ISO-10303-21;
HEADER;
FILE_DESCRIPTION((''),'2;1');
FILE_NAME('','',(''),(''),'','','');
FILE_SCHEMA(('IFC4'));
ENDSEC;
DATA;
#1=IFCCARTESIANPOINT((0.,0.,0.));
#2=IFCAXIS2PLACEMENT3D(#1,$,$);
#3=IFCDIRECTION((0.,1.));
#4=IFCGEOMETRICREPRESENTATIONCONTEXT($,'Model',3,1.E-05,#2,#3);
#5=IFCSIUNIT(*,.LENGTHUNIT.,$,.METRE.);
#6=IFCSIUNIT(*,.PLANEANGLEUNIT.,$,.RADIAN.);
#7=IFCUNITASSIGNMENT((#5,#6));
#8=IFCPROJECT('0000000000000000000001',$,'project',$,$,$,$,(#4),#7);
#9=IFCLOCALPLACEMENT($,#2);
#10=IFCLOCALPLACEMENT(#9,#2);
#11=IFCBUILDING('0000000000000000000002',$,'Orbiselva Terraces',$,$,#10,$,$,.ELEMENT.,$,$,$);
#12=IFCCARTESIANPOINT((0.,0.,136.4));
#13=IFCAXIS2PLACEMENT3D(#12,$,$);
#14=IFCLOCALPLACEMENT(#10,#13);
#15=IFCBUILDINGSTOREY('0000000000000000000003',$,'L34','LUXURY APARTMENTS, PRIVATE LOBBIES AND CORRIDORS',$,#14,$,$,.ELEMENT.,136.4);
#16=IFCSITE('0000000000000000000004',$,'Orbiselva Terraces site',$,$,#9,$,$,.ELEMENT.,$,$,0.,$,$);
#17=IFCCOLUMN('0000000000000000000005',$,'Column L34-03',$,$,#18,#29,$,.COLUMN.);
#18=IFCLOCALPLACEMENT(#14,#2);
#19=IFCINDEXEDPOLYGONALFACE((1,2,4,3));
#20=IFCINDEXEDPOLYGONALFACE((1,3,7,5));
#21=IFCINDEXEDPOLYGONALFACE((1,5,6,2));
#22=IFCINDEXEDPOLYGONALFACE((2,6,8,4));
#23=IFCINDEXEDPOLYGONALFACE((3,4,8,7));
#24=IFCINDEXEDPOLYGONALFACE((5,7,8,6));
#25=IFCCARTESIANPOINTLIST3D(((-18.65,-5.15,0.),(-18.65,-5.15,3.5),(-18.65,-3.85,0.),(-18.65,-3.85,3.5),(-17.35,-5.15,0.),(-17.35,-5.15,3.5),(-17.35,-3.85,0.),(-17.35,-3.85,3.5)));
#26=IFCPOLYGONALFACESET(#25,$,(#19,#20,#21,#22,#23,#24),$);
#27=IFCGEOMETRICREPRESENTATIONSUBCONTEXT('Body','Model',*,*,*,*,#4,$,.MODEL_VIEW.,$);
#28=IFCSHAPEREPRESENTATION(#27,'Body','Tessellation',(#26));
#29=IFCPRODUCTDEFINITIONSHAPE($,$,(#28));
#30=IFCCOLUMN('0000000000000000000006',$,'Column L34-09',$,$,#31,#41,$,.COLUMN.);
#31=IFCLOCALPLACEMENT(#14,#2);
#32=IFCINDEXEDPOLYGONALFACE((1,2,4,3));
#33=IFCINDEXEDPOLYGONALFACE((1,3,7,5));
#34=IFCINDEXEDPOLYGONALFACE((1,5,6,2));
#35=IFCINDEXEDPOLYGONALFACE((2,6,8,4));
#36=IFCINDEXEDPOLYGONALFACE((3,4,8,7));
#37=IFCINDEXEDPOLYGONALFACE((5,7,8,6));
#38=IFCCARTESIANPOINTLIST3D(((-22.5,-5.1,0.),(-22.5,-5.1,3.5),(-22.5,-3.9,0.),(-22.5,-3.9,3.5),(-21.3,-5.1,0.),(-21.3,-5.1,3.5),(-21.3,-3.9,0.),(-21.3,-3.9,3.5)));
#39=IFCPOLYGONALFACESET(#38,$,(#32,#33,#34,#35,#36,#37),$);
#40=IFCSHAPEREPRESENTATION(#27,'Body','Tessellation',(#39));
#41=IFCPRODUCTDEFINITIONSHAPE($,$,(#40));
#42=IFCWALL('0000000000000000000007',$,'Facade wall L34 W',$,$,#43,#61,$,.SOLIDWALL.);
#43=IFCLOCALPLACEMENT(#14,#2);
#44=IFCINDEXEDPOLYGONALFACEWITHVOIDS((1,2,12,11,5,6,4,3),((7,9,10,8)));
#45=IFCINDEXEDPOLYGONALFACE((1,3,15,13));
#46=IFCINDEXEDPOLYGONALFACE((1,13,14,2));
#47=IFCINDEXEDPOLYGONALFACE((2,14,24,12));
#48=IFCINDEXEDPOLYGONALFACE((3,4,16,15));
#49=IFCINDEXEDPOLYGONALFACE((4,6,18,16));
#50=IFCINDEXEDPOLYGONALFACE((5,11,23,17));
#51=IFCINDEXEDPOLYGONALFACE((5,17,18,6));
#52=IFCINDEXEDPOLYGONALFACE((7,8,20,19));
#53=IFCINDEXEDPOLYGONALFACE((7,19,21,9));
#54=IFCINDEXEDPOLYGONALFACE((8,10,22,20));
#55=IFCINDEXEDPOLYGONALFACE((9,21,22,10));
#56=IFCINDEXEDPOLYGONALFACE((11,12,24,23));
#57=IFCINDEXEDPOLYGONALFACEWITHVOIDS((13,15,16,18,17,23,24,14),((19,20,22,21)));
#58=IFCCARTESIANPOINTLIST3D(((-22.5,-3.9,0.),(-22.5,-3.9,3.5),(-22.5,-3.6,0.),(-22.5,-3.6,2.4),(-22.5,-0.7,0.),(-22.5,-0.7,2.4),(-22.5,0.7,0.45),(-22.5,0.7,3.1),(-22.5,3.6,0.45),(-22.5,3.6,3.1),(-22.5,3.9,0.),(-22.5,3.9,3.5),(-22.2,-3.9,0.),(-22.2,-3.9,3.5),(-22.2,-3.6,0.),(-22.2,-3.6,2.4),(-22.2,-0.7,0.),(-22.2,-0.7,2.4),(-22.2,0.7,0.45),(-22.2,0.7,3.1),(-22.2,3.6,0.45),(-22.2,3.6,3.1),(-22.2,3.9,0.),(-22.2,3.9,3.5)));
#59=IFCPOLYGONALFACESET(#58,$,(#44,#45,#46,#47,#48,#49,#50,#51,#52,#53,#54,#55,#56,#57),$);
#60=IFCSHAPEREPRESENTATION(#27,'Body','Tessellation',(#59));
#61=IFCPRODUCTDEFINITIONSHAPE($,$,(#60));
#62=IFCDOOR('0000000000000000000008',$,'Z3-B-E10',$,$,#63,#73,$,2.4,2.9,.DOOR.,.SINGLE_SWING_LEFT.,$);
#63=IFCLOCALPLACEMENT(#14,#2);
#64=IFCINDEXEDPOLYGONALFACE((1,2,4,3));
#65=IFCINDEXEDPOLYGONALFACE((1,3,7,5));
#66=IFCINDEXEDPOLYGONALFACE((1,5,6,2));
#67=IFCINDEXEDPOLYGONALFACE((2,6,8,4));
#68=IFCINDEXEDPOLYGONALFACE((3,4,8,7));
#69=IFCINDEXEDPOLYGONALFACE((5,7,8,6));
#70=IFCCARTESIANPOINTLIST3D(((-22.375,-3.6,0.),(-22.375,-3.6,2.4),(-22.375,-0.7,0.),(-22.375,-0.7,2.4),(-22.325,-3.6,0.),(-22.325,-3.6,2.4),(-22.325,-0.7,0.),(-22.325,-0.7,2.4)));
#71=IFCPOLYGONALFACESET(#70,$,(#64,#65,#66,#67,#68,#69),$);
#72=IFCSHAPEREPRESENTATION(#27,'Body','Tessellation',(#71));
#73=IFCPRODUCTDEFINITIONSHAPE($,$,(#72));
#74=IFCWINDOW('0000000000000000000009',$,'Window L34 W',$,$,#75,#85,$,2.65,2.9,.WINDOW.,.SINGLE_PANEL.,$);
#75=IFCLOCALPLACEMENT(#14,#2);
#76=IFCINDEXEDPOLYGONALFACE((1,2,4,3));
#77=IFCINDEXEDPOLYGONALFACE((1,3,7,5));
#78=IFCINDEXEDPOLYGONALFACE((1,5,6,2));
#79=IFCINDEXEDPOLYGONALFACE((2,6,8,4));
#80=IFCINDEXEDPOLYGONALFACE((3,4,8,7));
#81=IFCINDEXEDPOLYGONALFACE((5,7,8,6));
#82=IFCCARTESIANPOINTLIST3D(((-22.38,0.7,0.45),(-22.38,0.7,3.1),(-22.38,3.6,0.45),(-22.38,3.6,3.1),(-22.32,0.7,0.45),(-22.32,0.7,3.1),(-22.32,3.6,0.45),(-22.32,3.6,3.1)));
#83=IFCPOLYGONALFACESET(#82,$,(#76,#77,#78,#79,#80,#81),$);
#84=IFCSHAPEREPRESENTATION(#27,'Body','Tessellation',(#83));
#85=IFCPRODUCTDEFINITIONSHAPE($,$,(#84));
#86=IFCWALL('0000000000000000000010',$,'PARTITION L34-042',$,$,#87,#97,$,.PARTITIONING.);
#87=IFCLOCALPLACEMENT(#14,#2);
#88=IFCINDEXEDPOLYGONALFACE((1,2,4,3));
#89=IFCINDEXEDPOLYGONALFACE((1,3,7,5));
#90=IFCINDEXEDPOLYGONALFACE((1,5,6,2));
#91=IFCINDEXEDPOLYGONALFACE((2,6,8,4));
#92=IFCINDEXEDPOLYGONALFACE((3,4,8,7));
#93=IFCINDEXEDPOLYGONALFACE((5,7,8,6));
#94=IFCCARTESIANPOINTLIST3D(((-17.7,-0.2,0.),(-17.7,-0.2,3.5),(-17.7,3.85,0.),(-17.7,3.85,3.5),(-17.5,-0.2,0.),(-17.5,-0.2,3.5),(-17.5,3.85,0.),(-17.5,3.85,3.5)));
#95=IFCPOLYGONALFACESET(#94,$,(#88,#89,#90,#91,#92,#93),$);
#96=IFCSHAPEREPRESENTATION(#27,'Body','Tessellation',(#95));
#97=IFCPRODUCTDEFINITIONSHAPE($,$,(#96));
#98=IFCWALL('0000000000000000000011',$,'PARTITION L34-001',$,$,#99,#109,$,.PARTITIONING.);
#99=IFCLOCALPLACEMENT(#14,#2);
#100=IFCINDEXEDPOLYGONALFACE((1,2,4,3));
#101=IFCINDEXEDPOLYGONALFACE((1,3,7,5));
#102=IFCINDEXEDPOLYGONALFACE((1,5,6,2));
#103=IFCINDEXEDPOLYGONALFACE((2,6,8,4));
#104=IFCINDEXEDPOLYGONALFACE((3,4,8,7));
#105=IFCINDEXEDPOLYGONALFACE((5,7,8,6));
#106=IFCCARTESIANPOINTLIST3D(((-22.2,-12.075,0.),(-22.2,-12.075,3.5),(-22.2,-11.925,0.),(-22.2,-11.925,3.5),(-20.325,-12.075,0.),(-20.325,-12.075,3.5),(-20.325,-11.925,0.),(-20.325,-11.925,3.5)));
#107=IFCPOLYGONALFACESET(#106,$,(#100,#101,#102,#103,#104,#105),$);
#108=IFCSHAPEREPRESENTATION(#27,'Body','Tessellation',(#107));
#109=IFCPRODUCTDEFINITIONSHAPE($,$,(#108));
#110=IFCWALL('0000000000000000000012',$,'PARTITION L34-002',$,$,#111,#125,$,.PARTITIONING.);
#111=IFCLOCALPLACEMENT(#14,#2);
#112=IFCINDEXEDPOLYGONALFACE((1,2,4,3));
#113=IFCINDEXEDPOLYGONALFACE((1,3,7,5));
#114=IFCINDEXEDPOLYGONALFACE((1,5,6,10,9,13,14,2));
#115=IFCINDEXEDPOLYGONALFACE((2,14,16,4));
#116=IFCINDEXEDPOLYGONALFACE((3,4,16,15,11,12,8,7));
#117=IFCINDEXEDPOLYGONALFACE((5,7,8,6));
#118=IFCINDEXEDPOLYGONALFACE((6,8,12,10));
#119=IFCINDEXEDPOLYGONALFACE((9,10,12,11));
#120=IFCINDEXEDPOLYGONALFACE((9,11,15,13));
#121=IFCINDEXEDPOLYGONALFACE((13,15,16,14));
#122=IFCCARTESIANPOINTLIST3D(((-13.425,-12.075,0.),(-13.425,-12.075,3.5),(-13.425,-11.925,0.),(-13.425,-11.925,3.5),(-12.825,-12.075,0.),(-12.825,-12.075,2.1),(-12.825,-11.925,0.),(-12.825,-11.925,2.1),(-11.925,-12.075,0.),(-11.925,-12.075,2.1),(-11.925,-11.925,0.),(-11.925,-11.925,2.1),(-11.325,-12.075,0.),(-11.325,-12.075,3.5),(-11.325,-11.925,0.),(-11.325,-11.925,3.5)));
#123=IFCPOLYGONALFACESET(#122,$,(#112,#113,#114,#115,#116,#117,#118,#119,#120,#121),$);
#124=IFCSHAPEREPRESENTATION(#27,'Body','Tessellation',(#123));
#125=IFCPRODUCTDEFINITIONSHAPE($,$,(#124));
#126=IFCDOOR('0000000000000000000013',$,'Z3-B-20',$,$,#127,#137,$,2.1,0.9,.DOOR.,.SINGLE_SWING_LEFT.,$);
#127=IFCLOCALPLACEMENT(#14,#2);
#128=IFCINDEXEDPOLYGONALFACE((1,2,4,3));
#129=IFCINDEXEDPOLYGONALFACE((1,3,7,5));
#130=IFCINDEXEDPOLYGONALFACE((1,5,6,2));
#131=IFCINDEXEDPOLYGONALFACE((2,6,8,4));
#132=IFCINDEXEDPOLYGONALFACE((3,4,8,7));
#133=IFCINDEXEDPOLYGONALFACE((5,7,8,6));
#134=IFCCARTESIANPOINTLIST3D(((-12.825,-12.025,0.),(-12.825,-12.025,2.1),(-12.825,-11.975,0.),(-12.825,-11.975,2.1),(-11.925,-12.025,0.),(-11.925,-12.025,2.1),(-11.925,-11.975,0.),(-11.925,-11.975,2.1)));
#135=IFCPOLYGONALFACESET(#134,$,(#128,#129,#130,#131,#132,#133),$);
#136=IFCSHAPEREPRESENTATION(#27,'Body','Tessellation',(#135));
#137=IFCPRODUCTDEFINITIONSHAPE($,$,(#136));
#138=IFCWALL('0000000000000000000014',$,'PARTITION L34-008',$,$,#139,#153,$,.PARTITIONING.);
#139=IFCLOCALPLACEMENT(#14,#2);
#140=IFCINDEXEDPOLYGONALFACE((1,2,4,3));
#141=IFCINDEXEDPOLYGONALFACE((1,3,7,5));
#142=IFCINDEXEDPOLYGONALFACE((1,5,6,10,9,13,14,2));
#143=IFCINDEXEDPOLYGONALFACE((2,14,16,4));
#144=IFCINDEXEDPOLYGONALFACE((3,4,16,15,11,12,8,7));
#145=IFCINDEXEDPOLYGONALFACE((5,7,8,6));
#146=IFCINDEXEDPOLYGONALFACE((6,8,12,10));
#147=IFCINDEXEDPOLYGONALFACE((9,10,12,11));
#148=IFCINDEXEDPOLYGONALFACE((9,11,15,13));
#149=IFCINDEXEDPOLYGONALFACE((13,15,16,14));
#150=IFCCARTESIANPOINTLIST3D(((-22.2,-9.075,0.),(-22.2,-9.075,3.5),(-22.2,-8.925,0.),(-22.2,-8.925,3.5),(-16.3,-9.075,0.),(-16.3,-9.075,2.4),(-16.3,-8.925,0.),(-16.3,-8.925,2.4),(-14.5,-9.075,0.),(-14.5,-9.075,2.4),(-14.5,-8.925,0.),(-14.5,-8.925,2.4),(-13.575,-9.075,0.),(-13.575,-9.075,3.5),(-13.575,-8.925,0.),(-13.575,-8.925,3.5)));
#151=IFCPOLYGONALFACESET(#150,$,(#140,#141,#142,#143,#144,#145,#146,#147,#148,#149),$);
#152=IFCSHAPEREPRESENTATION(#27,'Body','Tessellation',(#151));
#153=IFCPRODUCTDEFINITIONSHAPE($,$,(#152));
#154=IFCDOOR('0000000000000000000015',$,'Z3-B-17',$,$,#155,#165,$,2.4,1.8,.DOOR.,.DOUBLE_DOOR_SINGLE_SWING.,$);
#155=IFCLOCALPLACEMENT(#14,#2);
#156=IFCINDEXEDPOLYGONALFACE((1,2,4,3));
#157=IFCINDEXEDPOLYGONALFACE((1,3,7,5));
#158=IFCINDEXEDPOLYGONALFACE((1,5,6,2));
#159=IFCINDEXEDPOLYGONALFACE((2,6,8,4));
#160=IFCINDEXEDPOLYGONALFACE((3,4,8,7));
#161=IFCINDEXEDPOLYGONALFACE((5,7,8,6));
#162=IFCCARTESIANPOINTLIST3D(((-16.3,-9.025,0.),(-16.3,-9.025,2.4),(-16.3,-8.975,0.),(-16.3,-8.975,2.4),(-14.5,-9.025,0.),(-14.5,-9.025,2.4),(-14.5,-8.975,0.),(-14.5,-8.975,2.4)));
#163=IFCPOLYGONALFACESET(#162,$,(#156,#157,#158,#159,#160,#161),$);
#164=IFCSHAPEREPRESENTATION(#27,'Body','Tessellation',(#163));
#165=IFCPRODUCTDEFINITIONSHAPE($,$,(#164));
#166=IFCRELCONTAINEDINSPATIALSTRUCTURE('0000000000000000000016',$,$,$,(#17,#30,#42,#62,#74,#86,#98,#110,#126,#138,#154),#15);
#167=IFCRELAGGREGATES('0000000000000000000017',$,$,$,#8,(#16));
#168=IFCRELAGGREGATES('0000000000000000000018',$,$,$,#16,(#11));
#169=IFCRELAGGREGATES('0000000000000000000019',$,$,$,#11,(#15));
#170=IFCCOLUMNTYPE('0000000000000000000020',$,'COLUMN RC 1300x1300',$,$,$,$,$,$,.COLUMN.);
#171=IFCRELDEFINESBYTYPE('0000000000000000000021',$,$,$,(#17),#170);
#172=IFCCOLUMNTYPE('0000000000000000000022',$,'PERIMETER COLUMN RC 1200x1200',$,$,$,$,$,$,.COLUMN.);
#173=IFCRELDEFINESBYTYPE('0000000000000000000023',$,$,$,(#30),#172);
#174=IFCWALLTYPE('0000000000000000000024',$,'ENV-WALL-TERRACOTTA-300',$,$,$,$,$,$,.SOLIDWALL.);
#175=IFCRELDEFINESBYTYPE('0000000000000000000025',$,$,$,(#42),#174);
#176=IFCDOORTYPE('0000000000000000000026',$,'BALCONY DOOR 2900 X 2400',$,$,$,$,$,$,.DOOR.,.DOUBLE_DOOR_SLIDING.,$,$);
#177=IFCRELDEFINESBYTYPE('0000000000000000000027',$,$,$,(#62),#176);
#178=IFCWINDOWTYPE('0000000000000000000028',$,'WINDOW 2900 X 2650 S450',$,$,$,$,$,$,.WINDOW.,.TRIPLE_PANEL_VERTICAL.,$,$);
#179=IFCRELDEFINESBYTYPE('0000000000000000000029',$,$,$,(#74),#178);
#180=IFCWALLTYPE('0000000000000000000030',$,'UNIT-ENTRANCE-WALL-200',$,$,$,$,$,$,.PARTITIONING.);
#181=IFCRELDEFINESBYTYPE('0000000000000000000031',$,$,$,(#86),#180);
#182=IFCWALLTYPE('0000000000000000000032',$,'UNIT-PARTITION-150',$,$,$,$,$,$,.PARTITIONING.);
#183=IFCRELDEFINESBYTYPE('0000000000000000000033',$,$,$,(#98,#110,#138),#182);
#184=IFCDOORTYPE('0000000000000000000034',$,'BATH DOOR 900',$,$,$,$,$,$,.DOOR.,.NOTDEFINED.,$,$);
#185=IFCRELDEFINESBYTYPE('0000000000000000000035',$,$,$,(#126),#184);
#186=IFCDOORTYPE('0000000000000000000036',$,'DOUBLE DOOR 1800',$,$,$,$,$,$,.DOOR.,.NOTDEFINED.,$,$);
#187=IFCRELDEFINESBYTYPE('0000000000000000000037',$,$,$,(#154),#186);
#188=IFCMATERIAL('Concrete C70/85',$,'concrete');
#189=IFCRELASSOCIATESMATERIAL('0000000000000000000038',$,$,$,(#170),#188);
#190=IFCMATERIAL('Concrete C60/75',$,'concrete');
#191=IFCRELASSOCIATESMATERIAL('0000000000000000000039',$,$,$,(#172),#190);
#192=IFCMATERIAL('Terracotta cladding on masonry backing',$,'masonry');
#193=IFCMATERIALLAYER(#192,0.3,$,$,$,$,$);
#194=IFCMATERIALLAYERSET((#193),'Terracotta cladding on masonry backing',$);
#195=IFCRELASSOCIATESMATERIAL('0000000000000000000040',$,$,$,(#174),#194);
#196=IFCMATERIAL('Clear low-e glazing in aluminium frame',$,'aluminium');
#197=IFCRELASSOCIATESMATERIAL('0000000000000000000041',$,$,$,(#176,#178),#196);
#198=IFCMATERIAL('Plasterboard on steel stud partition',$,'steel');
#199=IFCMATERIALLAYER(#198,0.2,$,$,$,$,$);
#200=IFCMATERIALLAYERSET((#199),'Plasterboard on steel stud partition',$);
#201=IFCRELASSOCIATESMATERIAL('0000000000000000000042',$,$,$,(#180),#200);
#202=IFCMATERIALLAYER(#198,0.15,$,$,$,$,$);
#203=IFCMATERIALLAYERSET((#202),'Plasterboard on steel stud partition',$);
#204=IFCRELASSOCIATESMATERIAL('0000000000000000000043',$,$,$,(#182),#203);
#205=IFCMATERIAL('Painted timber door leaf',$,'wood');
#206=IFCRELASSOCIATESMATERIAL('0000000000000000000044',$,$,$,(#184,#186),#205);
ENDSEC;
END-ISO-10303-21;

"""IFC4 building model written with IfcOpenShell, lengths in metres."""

from ifc_helpers import new_model, si_unit, direction, frame, frame_2d, origin, origin_2d, place, context, subcontext, project, spatial, rectangle, extrude, material, layer, layer_set, material_profile, profile_set, type_object, element, fill, save


model = new_model("IFC4")

# Units and contexts
model_context = context("Model", 3, precision=1e-05, world=origin(), true_north=direction((0.0, 1.0)))
body_context = subcontext(model_context, "Body", "Model", "MODEL_VIEW")
ifc_project = project(units=[si_unit("LENGTHUNIT", "METRE"), si_unit("PLANEANGLEUNIT", "RADIAN")], contexts=[model_context])

# Site, building, storey
site_placement = place(None, origin())
site = spatial("IfcSite", under=ifc_project, at=site_placement, Name="Orbiselva Terraces site", CompositionType="ELEMENT", RefElevation=0.0)
building_placement = place(site_placement, origin())
building = spatial("IfcBuilding", under=site, at=building_placement, Name="Orbiselva Terraces", CompositionType="ELEMENT")
storey_placement = place(building_placement, frame((0.0, 0.0, 136.4)))
storey = spatial("IfcBuildingStorey", under=building, at=storey_placement, Name="L34", Description="LUXURY APARTMENTS, PRIVATE LOBBIES AND CORRIDORS", CompositionType="ELEMENT", Elevation=136.4)

# Columns
ifc_material_1 = material(Name="Concrete C70/85", Category="concrete")
ifc_material_profile_1 = material_profile(ifc_material_1, rectangle(XDim=1.3, YDim=1.3, at=origin_2d()), Name="RC 1300x1300")
ifc_profile_set_1 = profile_set([ifc_material_profile_1], Name="Concrete C70/85")
column_type_1 = type_object("IfcColumnType", Name="COLUMN RC 1300x1300", PredefinedType="COLUMN", material=ifc_profile_set_1)
column_1_placement = place(storey_placement, frame((-18.0, -4.5, 0.0), z_axis=(0.0, 0.0, 1.0), x_axis=(1.0, 0.0, 0.0)))
element("IfcColumn", 1, at=column_1_placement, inside=storey, type_object=column_type_1, Name="Column L34-03", PredefinedType="COLUMN", context=body_context, shape_type="SweptSolid", body=[
    extrude(rectangle(XDim=1.3, YDim=1.3, at=origin_2d()), origin(), (0.0, 0.0, 1.0), 3.5),
])
ifc_material_2 = material(Name="Concrete C60/75", Category="concrete")
ifc_material_profile_2 = material_profile(ifc_material_2, rectangle(XDim=1.2, YDim=1.2, at=origin_2d()), Name="RC 1200x1200")
ifc_profile_set_2 = profile_set([ifc_material_profile_2], Name="Concrete C60/75")
column_type_2 = type_object("IfcColumnType", Name="PERIMETER COLUMN RC 1200x1200", PredefinedType="COLUMN", material=ifc_profile_set_2)
column_2_placement = place(storey_placement, frame((-21.9, -4.5, 0.0), z_axis=(0.0, 0.0, 1.0), x_axis=(1.0, 0.0, 0.0)))
element("IfcColumn", 2, at=column_2_placement, inside=storey, type_object=column_type_2, Name="Column L34-09", PredefinedType="COLUMN", context=body_context, shape_type="SweptSolid", body=[
    extrude(rectangle(XDim=1.2, YDim=1.2, at=origin_2d()), origin(), (0.0, 0.0, 1.0), 3.5),
])

# Wall, openings, door, window
ifc_material_3 = material(Name="Terracotta cladding on masonry backing", Category="masonry")
ifc_layer_1 = layer(ifc_material_3, 0.3)
ifc_layer_set_1 = layer_set([ifc_layer_1], Name="Terracotta cladding on masonry backing")
wall_type_1 = type_object("IfcWallType", Name="ENV-WALL-TERRACOTTA-300", PredefinedType="SOLIDWALL", material=ifc_layer_set_1)
wall_1_placement = place(storey_placement, frame((-22.35, -3.9, 0.0), z_axis=(0.0, 0.0, 1.0), x_axis=(0.0, 1.0, 0.0)))
wall_1 = element("IfcWall", 3, at=wall_1_placement, inside=storey, type_object=wall_type_1, Name="Facade wall L34 W", PredefinedType="SOLIDWALL", context=body_context, shape_type="SweptSolid", body=[
    extrude(rectangle(XDim=7.8, YDim=0.3, at=frame_2d((3.9, 0.0))), origin(), (0.0, 0.0, 1.0), 3.5),
])
opening_1_placement = place(wall_1_placement, frame((4.6, 0.0, 0.45)))
opening_1 = element("IfcOpeningElement", 4, at=opening_1_placement, cuts=wall_1, PredefinedType="OPENING", context=body_context, shape_type="SweptSolid", body=[
    extrude(rectangle(XDim=2.9, YDim=2.65, at=frame_2d((1.45, 1.325))), frame((0.0, 0.16, 0.0), z_axis=(0.0, -1.0, 0.0), x_axis=(1.0, 0.0, 0.0)), (0.0, 0.0, 1.0), 0.32),
])
opening_2_placement = place(wall_1_placement, frame((0.3, 0.0, 0.0)))
opening_2 = element("IfcOpeningElement", 5, at=opening_2_placement, cuts=wall_1, PredefinedType="OPENING", context=body_context, shape_type="SweptSolid", body=[
    extrude(rectangle(XDim=2.9, YDim=2.4, at=frame_2d((1.45, 1.2))), frame((0.0, 0.16, 0.0), z_axis=(0.0, -1.0, 0.0), x_axis=(1.0, 0.0, 0.0)), (0.0, 0.0, 1.0), 0.32),
])
ifc_material_4 = material(Name="Clear low-e glazing in aluminium frame", Category="aluminium")
door_type_1 = type_object("IfcDoorType", Name="BALCONY DOOR 2900 X 2400", OperationType="DOUBLE_DOOR_SLIDING", PredefinedType="DOOR", material=ifc_material_4)
door_1_placement = place(opening_2_placement, origin())
door_1 = element("IfcDoor", 6, at=door_1_placement, inside=storey, type_object=door_type_1, Name="Z3-B-E10", OperationType="SINGLE_SWING_LEFT", OverallHeight=2.4, OverallWidth=2.9, PredefinedType="DOOR", context=body_context, shape_type="SweptSolid", body=[
    extrude(rectangle(XDim=2.9, YDim=2.4, at=frame_2d((1.45, 1.2))), frame((0.0, 0.025, 0.0), z_axis=(0.0, -1.0, 0.0), x_axis=(1.0, 0.0, 0.0)), (0.0, 0.0, 1.0), 0.05),
])
fill(opening_2, door_1)
window_type = type_object("IfcWindowType", Name="WINDOW 2900 X 2650 S450", PartitioningType="TRIPLE_PANEL_VERTICAL", PredefinedType="WINDOW", material=ifc_material_4)
window_placement = place(opening_1_placement, origin())
window = element("IfcWindow", 7, at=window_placement, inside=storey, type_object=window_type, Name="Window L34 W", OverallHeight=2.65, OverallWidth=2.9, PartitioningType="SINGLE_PANEL", PredefinedType="WINDOW", context=body_context, shape_type="SweptSolid", body=[
    extrude(rectangle(XDim=2.9, YDim=2.65, at=frame_2d((1.45, 1.325))), frame((0.0, 0.03, 0.0), z_axis=(0.0, -1.0, 0.0), x_axis=(1.0, 0.0, 0.0)), (0.0, 0.0, 1.0), 0.06),
])
fill(opening_1, window)

# Walls
ifc_material_5 = material(Name="Plasterboard on steel stud partition", Category="steel")
ifc_layer_2 = layer(ifc_material_5, 0.2)
ifc_layer_set_2 = layer_set([ifc_layer_2], Name="Plasterboard on steel stud partition")
wall_type_2 = type_object("IfcWallType", Name="UNIT-ENTRANCE-WALL-200", PredefinedType="PARTITIONING", material=ifc_layer_set_2)
wall_2_placement = place(storey_placement, frame((-17.6, -0.2, 0.0), z_axis=(0.0, 0.0, 1.0), x_axis=(0.0, 1.0, 0.0)))
element("IfcWall", 8, at=wall_2_placement, inside=storey, type_object=wall_type_2, Name="PARTITION L34-042", PredefinedType="PARTITIONING", context=body_context, shape_type="SweptSolid", body=[
    extrude(rectangle(XDim=4.05, YDim=0.2, at=frame_2d((2.025, 0.0))), origin(), (0.0, 0.0, 1.0), 3.5),
])
ifc_layer_3 = layer(ifc_material_5, 0.15)
ifc_layer_set_3 = layer_set([ifc_layer_3], Name="Plasterboard on steel stud partition")
wall_type_3 = type_object("IfcWallType", Name="UNIT-PARTITION-150", PredefinedType="PARTITIONING", material=ifc_layer_set_3)
wall_3_placement = place(storey_placement, frame((-22.2, -12.0, 0.0), z_axis=(0.0, 0.0, 1.0), x_axis=(1.0, 0.0, 0.0)))
element("IfcWall", 9, at=wall_3_placement, inside=storey, type_object=wall_type_3, Name="PARTITION L34-001", PredefinedType="PARTITIONING", context=body_context, shape_type="SweptSolid", body=[
    extrude(rectangle(XDim=1.875, YDim=0.15, at=frame_2d((0.9375, 0.0))), origin(), (0.0, 0.0, 1.0), 3.5),
])

# Walls, openings, doors
wall_4_placement = place(storey_placement, frame((-13.425, -12.0, 0.0), z_axis=(0.0, 0.0, 1.0), x_axis=(1.0, 0.0, 0.0)))
wall_4 = element("IfcWall", 10, at=wall_4_placement, inside=storey, type_object=wall_type_3, Name="PARTITION L34-002", PredefinedType="PARTITIONING", context=body_context, shape_type="SweptSolid", body=[
    extrude(rectangle(XDim=2.1, YDim=0.15, at=frame_2d((1.05, 0.0))), origin(), (0.0, 0.0, 1.0), 3.5),
])
opening_3_placement = place(wall_4_placement, frame((0.6, 0.0, 0.0)))
opening_3 = element("IfcOpeningElement", 11, at=opening_3_placement, cuts=wall_4, PredefinedType="OPENING", context=body_context, shape_type="SweptSolid", body=[
    extrude(rectangle(XDim=0.9, YDim=2.1, at=frame_2d((0.45, 1.05))), frame((0.0, 0.085, 0.0), z_axis=(0.0, -1.0, 0.0), x_axis=(1.0, 0.0, 0.0)), (0.0, 0.0, 1.0), 0.17),
])
ifc_material_6 = material(Name="Painted timber door leaf", Category="wood")
door_type_2 = type_object("IfcDoorType", Name="BATH DOOR 900", OperationType="NOTDEFINED", PredefinedType="DOOR", material=ifc_material_6)
door_2_placement = place(opening_3_placement, origin())
door_2 = element("IfcDoor", 12, at=door_2_placement, inside=storey, type_object=door_type_2, Name="Z3-B-20", OperationType="SINGLE_SWING_LEFT", OverallHeight=2.1, OverallWidth=0.9, PredefinedType="DOOR", context=body_context, shape_type="SweptSolid", body=[
    extrude(rectangle(XDim=0.9, YDim=2.1, at=frame_2d((0.45, 1.05))), frame((0.0, 0.025, 0.0), z_axis=(0.0, -1.0, 0.0), x_axis=(1.0, 0.0, 0.0)), (0.0, 0.0, 1.0), 0.05),
])
fill(opening_3, door_2)
wall_5_placement = place(storey_placement, frame((-13.575, -9.0, 0.0), z_axis=(0.0, 0.0, 1.0), x_axis=(-1.0, 0.0, 0.0)))
wall_5 = element("IfcWall", 13, at=wall_5_placement, inside=storey, type_object=wall_type_3, Name="PARTITION L34-008", PredefinedType="PARTITIONING", context=body_context, shape_type="SweptSolid", body=[
    extrude(rectangle(XDim=8.625, YDim=0.15, at=frame_2d((4.3125, 0.0))), origin(), (0.0, 0.0, 1.0), 3.5),
])
opening_4_placement = place(wall_5_placement, frame((0.925, 0.0, 0.0)))
opening_4 = element("IfcOpeningElement", 14, at=opening_4_placement, cuts=wall_5, PredefinedType="OPENING", context=body_context, shape_type="SweptSolid", body=[
    extrude(rectangle(XDim=1.8, YDim=2.4, at=frame_2d((0.9, 1.2))), frame((0.0, 0.085, 0.0), z_axis=(0.0, -1.0, 0.0), x_axis=(1.0, 0.0, 0.0)), (0.0, 0.0, 1.0), 0.17),
])
door_type_3 = type_object("IfcDoorType", Name="DOUBLE DOOR 1800", OperationType="NOTDEFINED", PredefinedType="DOOR", material=ifc_material_6)
door_3_placement = place(opening_4_placement, origin())
door_3 = element("IfcDoor", 15, at=door_3_placement, inside=storey, type_object=door_type_3, Name="Z3-B-17", OperationType="DOUBLE_DOOR_SINGLE_SWING", OverallHeight=2.4, OverallWidth=1.8, PredefinedType="DOOR", context=body_context, shape_type="SweptSolid", body=[
    extrude(rectangle(XDim=1.8, YDim=2.4, at=frame_2d((0.9, 1.2))), frame((0.0, 0.025, 0.0), z_axis=(0.0, -1.0, 0.0), x_axis=(1.0, 0.0, 0.0)), (0.0, 0.0, 1.0), 0.05),
])
fill(opening_4, door_3)

save(model, "model.ifc")
